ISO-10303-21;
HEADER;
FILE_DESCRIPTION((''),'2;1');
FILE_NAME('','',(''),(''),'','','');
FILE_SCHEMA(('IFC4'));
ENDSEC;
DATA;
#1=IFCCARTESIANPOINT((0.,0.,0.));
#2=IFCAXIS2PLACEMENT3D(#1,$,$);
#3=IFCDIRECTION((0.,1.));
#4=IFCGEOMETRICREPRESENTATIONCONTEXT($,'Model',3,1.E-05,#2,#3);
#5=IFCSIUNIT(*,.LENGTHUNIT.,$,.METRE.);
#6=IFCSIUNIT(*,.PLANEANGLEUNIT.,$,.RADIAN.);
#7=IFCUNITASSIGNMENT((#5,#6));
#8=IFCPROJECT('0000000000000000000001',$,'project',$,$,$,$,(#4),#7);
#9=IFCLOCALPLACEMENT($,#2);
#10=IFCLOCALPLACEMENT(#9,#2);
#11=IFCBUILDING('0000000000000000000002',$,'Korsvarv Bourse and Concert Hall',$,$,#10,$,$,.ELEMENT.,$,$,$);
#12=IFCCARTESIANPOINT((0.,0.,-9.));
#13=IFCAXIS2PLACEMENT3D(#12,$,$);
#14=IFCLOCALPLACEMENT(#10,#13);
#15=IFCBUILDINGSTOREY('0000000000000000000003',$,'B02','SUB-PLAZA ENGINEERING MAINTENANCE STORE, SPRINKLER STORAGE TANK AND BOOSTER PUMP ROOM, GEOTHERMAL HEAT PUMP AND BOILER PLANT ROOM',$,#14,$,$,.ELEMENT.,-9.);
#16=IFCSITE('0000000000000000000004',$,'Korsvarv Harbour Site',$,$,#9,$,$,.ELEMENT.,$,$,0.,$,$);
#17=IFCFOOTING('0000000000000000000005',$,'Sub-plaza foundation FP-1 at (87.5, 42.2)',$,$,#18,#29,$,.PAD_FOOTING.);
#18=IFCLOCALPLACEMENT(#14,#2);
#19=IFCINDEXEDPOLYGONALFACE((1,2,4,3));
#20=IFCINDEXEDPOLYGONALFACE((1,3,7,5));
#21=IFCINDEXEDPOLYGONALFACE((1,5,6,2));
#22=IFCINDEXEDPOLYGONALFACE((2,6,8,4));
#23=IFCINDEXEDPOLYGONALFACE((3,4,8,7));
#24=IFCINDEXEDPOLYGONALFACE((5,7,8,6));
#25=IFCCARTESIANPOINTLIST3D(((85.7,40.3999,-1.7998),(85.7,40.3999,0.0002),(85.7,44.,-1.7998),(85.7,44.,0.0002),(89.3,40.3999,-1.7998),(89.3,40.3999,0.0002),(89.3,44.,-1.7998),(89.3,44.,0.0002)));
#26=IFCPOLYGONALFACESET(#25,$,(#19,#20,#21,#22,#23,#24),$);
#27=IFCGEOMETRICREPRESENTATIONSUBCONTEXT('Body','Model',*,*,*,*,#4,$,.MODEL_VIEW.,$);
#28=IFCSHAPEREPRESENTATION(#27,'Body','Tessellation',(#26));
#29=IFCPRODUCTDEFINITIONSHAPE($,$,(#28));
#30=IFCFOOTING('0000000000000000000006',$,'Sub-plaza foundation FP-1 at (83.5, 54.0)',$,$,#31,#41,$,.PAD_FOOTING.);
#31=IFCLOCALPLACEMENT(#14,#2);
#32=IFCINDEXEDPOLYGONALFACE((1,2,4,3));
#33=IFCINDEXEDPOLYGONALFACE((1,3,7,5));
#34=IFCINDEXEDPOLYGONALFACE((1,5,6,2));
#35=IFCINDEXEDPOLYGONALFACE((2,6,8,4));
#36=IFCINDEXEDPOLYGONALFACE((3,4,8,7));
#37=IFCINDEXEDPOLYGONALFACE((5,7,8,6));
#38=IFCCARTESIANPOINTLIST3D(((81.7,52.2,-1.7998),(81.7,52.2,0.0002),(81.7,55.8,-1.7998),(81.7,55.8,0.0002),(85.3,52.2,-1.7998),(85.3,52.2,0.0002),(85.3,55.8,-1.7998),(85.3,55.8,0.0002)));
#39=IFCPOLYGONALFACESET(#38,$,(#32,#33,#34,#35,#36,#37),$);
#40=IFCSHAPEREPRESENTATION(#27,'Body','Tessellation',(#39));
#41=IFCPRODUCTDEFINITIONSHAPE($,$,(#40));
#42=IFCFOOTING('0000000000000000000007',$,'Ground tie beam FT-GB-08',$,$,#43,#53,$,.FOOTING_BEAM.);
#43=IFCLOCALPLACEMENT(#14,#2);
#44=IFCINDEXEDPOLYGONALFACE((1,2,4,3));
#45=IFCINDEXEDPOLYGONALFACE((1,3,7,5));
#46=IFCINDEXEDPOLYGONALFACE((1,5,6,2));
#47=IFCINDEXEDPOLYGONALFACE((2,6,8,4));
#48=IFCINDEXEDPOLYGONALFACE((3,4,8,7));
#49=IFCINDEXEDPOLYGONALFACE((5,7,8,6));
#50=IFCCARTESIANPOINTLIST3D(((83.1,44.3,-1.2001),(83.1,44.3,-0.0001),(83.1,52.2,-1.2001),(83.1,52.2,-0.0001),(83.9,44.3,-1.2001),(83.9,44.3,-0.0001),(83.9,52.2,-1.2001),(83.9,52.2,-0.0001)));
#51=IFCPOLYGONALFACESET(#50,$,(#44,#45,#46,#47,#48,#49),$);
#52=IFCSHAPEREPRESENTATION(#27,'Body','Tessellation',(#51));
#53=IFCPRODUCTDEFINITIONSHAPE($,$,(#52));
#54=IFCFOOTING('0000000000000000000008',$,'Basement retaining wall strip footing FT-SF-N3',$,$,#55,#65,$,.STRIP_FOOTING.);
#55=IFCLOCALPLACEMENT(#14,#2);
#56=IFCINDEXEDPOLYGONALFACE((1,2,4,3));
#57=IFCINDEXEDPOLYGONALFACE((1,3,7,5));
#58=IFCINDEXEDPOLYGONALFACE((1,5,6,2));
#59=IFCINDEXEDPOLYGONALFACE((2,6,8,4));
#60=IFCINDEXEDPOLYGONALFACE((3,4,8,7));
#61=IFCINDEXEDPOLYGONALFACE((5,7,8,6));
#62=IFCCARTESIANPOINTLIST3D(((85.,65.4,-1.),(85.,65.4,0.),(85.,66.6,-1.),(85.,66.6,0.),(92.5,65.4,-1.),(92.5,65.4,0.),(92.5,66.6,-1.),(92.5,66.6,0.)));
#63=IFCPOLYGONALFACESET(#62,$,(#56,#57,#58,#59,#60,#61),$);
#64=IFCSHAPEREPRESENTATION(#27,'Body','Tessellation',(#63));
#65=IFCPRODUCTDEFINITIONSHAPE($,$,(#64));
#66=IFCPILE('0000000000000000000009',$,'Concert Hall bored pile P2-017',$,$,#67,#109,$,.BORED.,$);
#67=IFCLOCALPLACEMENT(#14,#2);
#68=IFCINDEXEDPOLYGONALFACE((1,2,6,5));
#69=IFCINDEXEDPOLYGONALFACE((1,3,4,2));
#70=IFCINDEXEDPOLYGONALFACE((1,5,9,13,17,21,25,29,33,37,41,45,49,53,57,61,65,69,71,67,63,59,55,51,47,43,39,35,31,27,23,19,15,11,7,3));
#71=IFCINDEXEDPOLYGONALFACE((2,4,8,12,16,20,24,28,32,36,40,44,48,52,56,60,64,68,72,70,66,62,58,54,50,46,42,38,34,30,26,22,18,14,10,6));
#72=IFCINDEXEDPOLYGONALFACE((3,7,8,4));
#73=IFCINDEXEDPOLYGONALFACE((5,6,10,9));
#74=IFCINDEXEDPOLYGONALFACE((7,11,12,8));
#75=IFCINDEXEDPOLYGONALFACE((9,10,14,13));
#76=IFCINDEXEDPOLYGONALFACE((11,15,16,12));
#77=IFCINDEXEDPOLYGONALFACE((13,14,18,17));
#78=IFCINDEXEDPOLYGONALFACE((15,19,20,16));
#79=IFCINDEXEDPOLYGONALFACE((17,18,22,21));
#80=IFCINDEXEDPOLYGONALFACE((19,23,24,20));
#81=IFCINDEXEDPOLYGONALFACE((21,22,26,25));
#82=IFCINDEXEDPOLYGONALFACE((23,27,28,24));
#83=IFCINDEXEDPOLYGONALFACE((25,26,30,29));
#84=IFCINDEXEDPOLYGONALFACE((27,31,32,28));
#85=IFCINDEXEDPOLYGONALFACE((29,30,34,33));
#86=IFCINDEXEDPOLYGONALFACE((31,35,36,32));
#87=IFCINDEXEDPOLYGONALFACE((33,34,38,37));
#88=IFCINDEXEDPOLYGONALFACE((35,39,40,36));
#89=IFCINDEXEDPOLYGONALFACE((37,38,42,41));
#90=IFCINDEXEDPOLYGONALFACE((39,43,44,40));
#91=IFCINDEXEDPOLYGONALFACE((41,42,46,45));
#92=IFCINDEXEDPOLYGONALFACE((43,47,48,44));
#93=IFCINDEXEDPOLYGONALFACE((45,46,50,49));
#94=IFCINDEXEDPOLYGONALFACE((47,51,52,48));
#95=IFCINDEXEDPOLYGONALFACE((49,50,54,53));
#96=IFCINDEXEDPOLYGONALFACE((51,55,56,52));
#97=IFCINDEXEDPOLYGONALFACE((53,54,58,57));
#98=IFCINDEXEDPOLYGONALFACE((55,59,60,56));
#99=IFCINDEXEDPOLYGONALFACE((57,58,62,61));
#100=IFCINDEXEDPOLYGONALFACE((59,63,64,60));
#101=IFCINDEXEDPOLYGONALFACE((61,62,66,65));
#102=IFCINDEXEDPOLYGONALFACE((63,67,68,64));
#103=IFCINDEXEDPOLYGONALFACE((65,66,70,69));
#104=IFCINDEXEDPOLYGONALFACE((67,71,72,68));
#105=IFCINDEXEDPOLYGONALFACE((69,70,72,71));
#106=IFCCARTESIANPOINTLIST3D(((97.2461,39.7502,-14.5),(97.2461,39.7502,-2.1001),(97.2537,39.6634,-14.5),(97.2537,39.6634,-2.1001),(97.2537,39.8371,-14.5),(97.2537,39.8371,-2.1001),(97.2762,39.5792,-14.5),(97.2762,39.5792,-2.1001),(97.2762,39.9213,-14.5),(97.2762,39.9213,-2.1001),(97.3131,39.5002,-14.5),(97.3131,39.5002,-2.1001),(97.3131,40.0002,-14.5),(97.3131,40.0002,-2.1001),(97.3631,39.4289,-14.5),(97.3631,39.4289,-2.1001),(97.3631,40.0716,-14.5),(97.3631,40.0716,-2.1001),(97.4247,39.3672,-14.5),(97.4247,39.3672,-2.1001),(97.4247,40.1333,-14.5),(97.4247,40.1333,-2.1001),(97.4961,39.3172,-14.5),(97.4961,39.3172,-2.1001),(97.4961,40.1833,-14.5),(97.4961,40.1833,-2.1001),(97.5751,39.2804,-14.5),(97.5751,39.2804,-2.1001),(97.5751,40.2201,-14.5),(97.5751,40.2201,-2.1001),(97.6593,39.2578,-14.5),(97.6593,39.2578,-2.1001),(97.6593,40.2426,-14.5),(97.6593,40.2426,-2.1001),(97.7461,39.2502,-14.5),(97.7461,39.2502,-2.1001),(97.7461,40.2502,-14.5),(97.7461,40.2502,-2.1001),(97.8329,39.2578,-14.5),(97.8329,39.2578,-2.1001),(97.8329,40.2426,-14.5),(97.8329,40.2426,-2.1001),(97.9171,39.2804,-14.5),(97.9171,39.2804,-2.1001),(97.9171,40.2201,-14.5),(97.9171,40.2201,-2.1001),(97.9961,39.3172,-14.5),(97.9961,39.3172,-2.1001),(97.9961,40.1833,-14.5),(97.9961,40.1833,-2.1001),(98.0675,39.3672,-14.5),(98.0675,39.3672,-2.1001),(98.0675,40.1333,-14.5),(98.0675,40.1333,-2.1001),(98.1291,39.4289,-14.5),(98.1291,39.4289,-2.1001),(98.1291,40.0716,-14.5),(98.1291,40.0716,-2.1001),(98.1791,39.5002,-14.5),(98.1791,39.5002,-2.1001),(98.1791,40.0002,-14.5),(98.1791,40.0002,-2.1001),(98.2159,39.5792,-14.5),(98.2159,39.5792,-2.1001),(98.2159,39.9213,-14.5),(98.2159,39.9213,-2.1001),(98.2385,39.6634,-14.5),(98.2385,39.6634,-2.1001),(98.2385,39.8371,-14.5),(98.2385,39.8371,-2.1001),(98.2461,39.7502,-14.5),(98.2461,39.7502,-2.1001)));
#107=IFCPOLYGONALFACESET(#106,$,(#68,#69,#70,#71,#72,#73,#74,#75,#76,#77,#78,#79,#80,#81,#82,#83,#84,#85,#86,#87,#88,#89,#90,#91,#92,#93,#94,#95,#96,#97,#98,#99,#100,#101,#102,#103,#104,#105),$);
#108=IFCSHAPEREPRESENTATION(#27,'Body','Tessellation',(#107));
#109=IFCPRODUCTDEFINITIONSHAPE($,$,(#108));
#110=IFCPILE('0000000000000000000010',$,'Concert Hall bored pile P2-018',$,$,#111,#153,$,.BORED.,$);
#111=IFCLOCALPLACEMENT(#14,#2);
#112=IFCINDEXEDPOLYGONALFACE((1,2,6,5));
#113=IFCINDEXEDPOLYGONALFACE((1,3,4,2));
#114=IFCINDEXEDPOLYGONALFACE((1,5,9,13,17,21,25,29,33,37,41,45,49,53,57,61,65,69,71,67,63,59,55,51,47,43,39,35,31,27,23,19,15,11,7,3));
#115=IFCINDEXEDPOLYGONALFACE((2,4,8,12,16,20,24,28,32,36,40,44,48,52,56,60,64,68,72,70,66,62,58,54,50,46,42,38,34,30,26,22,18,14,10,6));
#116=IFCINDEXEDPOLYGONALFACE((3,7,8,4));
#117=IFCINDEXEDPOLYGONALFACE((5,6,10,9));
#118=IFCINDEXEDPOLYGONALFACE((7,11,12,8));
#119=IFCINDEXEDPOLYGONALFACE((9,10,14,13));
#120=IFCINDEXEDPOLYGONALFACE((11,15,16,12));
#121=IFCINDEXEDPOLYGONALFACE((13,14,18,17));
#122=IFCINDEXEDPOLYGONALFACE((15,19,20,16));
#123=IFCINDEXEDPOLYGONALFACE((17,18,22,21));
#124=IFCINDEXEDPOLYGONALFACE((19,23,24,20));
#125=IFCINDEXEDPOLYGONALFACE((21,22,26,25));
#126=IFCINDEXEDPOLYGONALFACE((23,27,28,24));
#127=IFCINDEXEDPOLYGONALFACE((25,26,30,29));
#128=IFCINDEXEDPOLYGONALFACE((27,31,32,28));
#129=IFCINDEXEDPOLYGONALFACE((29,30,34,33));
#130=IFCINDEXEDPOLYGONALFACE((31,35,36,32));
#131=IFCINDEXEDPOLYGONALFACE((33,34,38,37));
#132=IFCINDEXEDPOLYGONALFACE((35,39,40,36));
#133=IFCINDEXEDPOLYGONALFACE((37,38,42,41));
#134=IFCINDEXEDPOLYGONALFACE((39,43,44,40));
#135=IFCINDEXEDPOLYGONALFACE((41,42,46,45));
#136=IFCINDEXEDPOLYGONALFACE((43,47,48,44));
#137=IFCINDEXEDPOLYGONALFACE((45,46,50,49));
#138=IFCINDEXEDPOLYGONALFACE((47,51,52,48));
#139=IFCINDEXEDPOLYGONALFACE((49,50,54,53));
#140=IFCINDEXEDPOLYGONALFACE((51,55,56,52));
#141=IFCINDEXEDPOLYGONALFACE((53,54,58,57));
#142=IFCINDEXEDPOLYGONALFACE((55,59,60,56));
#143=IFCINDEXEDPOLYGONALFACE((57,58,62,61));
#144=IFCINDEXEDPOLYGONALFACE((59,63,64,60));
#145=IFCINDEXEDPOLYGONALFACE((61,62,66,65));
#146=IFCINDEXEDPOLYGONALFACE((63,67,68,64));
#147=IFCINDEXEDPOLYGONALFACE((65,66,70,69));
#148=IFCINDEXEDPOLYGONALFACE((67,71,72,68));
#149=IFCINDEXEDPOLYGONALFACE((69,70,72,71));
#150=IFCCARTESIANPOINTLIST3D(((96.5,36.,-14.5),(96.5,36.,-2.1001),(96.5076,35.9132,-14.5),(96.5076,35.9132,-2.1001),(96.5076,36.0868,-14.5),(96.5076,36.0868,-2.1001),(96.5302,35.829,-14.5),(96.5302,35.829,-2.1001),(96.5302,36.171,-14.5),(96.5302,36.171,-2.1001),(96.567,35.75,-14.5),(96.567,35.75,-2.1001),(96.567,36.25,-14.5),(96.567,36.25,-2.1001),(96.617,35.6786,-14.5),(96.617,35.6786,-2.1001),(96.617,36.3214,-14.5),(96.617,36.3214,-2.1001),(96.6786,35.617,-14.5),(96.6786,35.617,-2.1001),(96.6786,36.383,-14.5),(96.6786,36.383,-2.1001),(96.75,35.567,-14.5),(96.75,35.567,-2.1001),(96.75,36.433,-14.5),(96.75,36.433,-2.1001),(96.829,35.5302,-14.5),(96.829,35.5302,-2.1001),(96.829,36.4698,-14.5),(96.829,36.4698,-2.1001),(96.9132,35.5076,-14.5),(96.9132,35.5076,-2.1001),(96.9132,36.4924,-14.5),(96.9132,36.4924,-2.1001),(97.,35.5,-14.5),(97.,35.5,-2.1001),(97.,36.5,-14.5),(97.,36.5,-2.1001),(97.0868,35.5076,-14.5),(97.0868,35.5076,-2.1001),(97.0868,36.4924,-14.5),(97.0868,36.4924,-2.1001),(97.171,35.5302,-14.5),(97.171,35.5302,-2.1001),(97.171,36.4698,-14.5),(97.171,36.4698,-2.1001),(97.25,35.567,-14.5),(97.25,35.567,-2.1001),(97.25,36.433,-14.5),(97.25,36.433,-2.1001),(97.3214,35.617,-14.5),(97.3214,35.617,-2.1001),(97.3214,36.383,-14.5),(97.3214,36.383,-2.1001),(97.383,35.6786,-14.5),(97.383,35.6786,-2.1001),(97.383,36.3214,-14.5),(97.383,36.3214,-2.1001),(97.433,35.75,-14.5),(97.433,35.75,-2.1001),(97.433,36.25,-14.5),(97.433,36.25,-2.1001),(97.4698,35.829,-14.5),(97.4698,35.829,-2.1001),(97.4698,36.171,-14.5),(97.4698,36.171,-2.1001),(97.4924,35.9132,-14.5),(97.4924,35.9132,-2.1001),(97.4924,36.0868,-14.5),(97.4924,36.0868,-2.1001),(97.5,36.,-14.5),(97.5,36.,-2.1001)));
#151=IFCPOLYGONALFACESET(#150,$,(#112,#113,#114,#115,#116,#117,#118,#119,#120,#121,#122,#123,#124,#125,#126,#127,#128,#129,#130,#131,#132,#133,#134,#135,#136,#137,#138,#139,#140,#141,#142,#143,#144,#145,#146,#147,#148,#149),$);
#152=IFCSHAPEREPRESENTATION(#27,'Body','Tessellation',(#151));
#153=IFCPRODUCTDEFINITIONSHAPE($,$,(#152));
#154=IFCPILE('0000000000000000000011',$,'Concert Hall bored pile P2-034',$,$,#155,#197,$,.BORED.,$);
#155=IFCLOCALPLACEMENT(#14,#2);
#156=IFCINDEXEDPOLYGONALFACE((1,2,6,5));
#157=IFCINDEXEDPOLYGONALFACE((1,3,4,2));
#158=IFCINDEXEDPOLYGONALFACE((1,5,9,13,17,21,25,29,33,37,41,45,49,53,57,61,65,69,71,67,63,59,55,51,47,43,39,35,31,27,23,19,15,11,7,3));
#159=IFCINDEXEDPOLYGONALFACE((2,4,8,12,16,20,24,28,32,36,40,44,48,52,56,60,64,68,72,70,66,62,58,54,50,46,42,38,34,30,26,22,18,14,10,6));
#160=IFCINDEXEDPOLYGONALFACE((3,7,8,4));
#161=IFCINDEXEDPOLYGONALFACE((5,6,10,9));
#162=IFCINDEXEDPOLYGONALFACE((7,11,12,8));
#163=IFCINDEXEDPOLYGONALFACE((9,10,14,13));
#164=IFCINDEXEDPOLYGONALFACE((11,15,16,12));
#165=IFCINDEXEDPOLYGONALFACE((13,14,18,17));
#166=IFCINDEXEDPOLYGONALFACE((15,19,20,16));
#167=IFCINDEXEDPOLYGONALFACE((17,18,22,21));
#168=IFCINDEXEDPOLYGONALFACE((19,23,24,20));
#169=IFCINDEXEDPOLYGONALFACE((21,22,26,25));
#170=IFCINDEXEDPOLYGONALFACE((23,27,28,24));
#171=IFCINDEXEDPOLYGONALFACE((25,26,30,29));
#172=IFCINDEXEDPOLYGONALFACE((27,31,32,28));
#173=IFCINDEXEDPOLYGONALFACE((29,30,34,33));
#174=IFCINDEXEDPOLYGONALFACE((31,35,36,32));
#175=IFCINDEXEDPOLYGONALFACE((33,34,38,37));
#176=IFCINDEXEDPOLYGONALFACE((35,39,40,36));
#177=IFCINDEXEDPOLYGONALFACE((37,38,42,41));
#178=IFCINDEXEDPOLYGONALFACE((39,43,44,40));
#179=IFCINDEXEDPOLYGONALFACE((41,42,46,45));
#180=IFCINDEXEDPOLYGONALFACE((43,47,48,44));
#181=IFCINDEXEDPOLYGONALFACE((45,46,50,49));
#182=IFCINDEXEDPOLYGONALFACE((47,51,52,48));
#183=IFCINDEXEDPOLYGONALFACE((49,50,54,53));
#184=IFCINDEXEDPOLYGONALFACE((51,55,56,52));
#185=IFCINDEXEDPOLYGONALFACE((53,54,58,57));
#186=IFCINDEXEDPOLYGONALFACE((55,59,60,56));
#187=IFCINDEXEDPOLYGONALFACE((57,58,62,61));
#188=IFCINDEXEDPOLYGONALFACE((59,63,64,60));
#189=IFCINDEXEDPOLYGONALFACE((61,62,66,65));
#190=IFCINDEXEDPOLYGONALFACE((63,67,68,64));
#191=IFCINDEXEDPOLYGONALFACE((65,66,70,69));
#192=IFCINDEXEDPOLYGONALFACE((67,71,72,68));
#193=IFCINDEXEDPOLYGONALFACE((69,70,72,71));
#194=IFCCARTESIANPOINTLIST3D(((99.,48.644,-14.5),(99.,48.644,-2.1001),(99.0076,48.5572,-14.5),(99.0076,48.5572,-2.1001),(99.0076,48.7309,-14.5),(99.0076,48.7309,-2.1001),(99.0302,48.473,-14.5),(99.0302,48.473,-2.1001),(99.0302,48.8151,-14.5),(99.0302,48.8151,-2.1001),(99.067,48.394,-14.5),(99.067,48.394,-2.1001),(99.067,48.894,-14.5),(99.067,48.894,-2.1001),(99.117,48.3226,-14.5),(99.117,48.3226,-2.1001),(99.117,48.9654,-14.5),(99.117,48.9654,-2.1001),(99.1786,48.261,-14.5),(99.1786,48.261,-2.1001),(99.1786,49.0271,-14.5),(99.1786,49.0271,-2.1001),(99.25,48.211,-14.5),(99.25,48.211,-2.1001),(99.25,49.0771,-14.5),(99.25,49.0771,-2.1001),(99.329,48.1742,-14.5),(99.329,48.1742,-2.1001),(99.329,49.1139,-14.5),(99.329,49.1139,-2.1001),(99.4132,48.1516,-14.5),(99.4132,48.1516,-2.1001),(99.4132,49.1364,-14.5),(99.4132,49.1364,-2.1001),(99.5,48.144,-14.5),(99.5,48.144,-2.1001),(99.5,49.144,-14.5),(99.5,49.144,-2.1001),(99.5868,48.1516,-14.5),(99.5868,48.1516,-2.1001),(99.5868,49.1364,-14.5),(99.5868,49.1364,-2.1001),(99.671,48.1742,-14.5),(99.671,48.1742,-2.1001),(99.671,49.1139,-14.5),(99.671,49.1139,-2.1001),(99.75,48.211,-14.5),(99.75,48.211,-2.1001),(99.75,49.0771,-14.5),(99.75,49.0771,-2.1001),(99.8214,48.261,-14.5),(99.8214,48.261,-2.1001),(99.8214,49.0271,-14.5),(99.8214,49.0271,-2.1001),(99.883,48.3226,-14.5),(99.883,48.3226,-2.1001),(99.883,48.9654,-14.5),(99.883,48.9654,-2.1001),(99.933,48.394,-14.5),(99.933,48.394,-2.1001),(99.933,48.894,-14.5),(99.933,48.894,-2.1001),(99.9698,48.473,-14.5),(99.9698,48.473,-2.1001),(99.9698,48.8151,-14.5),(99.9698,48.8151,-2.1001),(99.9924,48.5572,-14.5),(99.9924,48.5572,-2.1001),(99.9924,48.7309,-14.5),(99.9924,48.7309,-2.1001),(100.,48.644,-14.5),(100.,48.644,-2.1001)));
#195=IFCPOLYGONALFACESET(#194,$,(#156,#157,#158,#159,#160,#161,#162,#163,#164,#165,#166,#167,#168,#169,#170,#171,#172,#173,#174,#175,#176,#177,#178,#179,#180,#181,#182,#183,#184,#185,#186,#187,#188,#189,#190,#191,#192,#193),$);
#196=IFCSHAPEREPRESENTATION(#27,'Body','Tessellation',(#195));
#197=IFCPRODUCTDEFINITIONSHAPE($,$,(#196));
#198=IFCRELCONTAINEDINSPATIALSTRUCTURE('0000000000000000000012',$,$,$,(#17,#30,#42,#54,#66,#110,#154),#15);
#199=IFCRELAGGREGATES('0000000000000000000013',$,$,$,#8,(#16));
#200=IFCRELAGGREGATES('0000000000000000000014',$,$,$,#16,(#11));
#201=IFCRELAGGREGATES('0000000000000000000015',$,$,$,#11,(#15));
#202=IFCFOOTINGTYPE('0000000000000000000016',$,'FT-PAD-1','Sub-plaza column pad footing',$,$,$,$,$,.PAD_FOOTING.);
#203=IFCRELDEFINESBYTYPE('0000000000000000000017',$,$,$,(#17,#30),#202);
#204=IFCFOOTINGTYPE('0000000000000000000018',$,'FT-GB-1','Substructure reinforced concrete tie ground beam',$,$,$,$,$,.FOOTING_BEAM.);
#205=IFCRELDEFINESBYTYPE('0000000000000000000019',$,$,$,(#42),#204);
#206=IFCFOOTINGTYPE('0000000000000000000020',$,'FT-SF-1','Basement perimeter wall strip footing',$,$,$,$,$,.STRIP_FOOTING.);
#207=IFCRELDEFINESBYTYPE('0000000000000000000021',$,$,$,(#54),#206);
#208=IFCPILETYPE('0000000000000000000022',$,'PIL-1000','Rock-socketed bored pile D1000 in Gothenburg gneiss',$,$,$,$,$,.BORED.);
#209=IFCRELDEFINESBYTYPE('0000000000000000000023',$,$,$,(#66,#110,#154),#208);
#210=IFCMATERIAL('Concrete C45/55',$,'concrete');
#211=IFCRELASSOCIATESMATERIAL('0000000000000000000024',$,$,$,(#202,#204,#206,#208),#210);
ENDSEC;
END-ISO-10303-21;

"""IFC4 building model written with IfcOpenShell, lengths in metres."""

from ifc_helpers import new_model, si_unit, direction, frame, origin, origin_2d, place, context, subcontext, project, spatial, rectangle, circle, extrude, source, transform, mapped, material, material_profile, profile_set, type_object, element, save


model = new_model("IFC4")

# Units and contexts
model_context = context("Model", 3, precision=1e-05, world=origin(), true_north=direction((0.0, 1.0)))
body_context = subcontext(model_context, "Body", "Model", "MODEL_VIEW")
ifc_project = project(units=[si_unit("LENGTHUNIT", "METRE"), si_unit("PLANEANGLEUNIT", "RADIAN")], contexts=[model_context])

# Site, building, storey
site_placement = place(None, origin())
site = spatial("IfcSite", under=ifc_project, at=site_placement, Name="Korsvarv Harbour Site", CompositionType="ELEMENT", RefElevation=0.0)
building_placement = place(site_placement, origin())
building = spatial("IfcBuilding", under=site, at=building_placement, Name="Korsvarv Bourse and Concert Hall", CompositionType="ELEMENT")
storey_placement = place(building_placement, frame((0.0, 0.0, -9.0)))
storey = spatial("IfcBuildingStorey", under=building, at=storey_placement, Name="B02", Description="SUB-PLAZA ENGINEERING MAINTENANCE STORE, SPRINKLER STORAGE TANK AND BOOSTER PUMP ROOM, GEOTHERMAL HEAT PUMP AND BOILER PLANT ROOM", CompositionType="ELEMENT", Elevation=-9.0)

# Footings
ifc_material_1 = material(Name="Concrete C45/55", Category="concrete")
footing_type_1 = type_object("IfcFootingType", Name="FT-PAD-1", Description="Sub-plaza column pad footing", PredefinedType="PAD_FOOTING", material=ifc_material_1)
shared_shape_1 = source(origin(), body_context, "Body", "SweptSolid", [
    extrude(rectangle(XDim=3.6001, YDim=3.6001, at=origin_2d()), origin(), (0.0, 0.0, 1.0), 1.8),
])
for number, where, z_axis, x_axis, name in (
    (1, (87.5, 42.2, -1.7998), (0.0, 0.0, 1.0), (1.0, 0.0, 0.0), "Sub-plaza foundation FP-1 at (87.5, 42.2)"),
    (2, (83.5, 54.0, -1.7998), (0.0, 0.0, 1.0), (1.0, 0.0, 0.0), "Sub-plaza foundation FP-1 at (83.5, 54.0)"),
):
    element("IfcFooting", number, at=place(storey_placement, frame(where, z_axis=z_axis, x_axis=x_axis)), inside=storey, type_object=footing_type_1, Name=name, PredefinedType="PAD_FOOTING", context=body_context, shape_type="MappedRepresentation", body=[
        mapped(shared_shape_1, transform((0.0, 0.0, 0.0), scale=1.0)),
    ])
ifc_material_profile_1 = material_profile(ifc_material_1, rectangle(XDim=0.8, YDim=1.2, at=origin_2d()), Name="GB 800x1200")
ifc_profile_set_1 = profile_set([ifc_material_profile_1], Name="Concrete C45/55")
footing_type_2 = type_object("IfcFootingType", Name="FT-GB-1", Description="Substructure reinforced concrete tie ground beam", PredefinedType="FOOTING_BEAM", material=ifc_profile_set_1)
shared_shape_2 = source(origin(), body_context, "Body", "SweptSolid", [
    extrude(rectangle(XDim=0.8, YDim=1.2, at=origin_2d()), origin(), (0.0, 0.0, 1.0), 7.8999),
])
footing_1_placement = place(storey_placement, frame((83.5, 44.3, -0.6001), z_axis=(0.0, 1.0, 0.0), x_axis=(-1.0, 0.0, 0.0)))
element("IfcFooting", 3, at=footing_1_placement, inside=storey, type_object=footing_type_2, Name="Ground tie beam FT-GB-08", PredefinedType="FOOTING_BEAM", context=body_context, shape_type="MappedRepresentation", body=[
    mapped(shared_shape_2, transform((0.0, 0.0, 0.0), scale=1.0)),
])
ifc_material_profile_2 = material_profile(ifc_material_1, rectangle(XDim=1.2, YDim=1.0, at=origin_2d()), Name="SF 1200x1000")
ifc_profile_set_2 = profile_set([ifc_material_profile_2], Name="Concrete C45/55")
footing_type_3 = type_object("IfcFootingType", Name="FT-SF-1", Description="Basement perimeter wall strip footing", PredefinedType="STRIP_FOOTING", material=ifc_profile_set_2)
shared_shape_3 = source(origin(), body_context, "Body", "SweptSolid", [
    extrude(rectangle(XDim=1.2, YDim=1.0, at=origin_2d()), origin(), (0.0, 0.0, 1.0), 7.5),
])
footing_2_placement = place(storey_placement, frame((85.0, 66.0, -0.5), z_axis=(1.0, 0.0, 0.0), x_axis=(0.0, 1.0, 0.0)))
element("IfcFooting", 4, at=footing_2_placement, inside=storey, type_object=footing_type_3, Name="Basement retaining wall strip footing FT-SF-N3", PredefinedType="STRIP_FOOTING", context=body_context, shape_type="MappedRepresentation", body=[
    mapped(shared_shape_3, transform((0.0, 0.0, 0.0), scale=1.0)),
])

# Piles
ifc_material_profile_3 = material_profile(ifc_material_1, circle(Radius=0.5, at=origin_2d()), Name="PILE D1000")
ifc_profile_set_3 = profile_set([ifc_material_profile_3], Name="Concrete C45/55")
pile_type = type_object("IfcPileType", Name="PIL-1000", Description="Rock-socketed bored pile D1000 in Gothenburg gneiss", PredefinedType="BORED", material=ifc_profile_set_3)
shared_shape_4 = source(origin(), body_context, "Body", "SweptSolid", [
    extrude(circle(Radius=0.5, at=origin_2d()), origin(), (0.0, 0.0, 1.0), 12.3999),
])
for number, where, z_axis, x_axis, name in (
    (5, (97.7461, 39.7502, -2.1001), (0.0, 0.0, -1.0), (1.0, 0.0, 0.0), "Concert Hall bored pile P2-017"),
    (6, (97.0, 36.0, -2.1001), (0.0, 0.0, -1.0), (1.0, 0.0, 0.0), "Concert Hall bored pile P2-018"),
    (7, (99.5, 48.644, -2.1001), (0.0, 0.0, -1.0), (1.0, 0.0, 0.0), "Concert Hall bored pile P2-034"),
):
    element("IfcPile", number, at=place(storey_placement, frame(where, z_axis=z_axis, x_axis=x_axis)), inside=storey, type_object=pile_type, Name=name, PredefinedType="BORED", context=body_context, shape_type="MappedRepresentation", body=[
        mapped(shared_shape_4, transform((0.0, 0.0, 0.0), scale=1.0)),
    ])

save(model, "model.ifc")
